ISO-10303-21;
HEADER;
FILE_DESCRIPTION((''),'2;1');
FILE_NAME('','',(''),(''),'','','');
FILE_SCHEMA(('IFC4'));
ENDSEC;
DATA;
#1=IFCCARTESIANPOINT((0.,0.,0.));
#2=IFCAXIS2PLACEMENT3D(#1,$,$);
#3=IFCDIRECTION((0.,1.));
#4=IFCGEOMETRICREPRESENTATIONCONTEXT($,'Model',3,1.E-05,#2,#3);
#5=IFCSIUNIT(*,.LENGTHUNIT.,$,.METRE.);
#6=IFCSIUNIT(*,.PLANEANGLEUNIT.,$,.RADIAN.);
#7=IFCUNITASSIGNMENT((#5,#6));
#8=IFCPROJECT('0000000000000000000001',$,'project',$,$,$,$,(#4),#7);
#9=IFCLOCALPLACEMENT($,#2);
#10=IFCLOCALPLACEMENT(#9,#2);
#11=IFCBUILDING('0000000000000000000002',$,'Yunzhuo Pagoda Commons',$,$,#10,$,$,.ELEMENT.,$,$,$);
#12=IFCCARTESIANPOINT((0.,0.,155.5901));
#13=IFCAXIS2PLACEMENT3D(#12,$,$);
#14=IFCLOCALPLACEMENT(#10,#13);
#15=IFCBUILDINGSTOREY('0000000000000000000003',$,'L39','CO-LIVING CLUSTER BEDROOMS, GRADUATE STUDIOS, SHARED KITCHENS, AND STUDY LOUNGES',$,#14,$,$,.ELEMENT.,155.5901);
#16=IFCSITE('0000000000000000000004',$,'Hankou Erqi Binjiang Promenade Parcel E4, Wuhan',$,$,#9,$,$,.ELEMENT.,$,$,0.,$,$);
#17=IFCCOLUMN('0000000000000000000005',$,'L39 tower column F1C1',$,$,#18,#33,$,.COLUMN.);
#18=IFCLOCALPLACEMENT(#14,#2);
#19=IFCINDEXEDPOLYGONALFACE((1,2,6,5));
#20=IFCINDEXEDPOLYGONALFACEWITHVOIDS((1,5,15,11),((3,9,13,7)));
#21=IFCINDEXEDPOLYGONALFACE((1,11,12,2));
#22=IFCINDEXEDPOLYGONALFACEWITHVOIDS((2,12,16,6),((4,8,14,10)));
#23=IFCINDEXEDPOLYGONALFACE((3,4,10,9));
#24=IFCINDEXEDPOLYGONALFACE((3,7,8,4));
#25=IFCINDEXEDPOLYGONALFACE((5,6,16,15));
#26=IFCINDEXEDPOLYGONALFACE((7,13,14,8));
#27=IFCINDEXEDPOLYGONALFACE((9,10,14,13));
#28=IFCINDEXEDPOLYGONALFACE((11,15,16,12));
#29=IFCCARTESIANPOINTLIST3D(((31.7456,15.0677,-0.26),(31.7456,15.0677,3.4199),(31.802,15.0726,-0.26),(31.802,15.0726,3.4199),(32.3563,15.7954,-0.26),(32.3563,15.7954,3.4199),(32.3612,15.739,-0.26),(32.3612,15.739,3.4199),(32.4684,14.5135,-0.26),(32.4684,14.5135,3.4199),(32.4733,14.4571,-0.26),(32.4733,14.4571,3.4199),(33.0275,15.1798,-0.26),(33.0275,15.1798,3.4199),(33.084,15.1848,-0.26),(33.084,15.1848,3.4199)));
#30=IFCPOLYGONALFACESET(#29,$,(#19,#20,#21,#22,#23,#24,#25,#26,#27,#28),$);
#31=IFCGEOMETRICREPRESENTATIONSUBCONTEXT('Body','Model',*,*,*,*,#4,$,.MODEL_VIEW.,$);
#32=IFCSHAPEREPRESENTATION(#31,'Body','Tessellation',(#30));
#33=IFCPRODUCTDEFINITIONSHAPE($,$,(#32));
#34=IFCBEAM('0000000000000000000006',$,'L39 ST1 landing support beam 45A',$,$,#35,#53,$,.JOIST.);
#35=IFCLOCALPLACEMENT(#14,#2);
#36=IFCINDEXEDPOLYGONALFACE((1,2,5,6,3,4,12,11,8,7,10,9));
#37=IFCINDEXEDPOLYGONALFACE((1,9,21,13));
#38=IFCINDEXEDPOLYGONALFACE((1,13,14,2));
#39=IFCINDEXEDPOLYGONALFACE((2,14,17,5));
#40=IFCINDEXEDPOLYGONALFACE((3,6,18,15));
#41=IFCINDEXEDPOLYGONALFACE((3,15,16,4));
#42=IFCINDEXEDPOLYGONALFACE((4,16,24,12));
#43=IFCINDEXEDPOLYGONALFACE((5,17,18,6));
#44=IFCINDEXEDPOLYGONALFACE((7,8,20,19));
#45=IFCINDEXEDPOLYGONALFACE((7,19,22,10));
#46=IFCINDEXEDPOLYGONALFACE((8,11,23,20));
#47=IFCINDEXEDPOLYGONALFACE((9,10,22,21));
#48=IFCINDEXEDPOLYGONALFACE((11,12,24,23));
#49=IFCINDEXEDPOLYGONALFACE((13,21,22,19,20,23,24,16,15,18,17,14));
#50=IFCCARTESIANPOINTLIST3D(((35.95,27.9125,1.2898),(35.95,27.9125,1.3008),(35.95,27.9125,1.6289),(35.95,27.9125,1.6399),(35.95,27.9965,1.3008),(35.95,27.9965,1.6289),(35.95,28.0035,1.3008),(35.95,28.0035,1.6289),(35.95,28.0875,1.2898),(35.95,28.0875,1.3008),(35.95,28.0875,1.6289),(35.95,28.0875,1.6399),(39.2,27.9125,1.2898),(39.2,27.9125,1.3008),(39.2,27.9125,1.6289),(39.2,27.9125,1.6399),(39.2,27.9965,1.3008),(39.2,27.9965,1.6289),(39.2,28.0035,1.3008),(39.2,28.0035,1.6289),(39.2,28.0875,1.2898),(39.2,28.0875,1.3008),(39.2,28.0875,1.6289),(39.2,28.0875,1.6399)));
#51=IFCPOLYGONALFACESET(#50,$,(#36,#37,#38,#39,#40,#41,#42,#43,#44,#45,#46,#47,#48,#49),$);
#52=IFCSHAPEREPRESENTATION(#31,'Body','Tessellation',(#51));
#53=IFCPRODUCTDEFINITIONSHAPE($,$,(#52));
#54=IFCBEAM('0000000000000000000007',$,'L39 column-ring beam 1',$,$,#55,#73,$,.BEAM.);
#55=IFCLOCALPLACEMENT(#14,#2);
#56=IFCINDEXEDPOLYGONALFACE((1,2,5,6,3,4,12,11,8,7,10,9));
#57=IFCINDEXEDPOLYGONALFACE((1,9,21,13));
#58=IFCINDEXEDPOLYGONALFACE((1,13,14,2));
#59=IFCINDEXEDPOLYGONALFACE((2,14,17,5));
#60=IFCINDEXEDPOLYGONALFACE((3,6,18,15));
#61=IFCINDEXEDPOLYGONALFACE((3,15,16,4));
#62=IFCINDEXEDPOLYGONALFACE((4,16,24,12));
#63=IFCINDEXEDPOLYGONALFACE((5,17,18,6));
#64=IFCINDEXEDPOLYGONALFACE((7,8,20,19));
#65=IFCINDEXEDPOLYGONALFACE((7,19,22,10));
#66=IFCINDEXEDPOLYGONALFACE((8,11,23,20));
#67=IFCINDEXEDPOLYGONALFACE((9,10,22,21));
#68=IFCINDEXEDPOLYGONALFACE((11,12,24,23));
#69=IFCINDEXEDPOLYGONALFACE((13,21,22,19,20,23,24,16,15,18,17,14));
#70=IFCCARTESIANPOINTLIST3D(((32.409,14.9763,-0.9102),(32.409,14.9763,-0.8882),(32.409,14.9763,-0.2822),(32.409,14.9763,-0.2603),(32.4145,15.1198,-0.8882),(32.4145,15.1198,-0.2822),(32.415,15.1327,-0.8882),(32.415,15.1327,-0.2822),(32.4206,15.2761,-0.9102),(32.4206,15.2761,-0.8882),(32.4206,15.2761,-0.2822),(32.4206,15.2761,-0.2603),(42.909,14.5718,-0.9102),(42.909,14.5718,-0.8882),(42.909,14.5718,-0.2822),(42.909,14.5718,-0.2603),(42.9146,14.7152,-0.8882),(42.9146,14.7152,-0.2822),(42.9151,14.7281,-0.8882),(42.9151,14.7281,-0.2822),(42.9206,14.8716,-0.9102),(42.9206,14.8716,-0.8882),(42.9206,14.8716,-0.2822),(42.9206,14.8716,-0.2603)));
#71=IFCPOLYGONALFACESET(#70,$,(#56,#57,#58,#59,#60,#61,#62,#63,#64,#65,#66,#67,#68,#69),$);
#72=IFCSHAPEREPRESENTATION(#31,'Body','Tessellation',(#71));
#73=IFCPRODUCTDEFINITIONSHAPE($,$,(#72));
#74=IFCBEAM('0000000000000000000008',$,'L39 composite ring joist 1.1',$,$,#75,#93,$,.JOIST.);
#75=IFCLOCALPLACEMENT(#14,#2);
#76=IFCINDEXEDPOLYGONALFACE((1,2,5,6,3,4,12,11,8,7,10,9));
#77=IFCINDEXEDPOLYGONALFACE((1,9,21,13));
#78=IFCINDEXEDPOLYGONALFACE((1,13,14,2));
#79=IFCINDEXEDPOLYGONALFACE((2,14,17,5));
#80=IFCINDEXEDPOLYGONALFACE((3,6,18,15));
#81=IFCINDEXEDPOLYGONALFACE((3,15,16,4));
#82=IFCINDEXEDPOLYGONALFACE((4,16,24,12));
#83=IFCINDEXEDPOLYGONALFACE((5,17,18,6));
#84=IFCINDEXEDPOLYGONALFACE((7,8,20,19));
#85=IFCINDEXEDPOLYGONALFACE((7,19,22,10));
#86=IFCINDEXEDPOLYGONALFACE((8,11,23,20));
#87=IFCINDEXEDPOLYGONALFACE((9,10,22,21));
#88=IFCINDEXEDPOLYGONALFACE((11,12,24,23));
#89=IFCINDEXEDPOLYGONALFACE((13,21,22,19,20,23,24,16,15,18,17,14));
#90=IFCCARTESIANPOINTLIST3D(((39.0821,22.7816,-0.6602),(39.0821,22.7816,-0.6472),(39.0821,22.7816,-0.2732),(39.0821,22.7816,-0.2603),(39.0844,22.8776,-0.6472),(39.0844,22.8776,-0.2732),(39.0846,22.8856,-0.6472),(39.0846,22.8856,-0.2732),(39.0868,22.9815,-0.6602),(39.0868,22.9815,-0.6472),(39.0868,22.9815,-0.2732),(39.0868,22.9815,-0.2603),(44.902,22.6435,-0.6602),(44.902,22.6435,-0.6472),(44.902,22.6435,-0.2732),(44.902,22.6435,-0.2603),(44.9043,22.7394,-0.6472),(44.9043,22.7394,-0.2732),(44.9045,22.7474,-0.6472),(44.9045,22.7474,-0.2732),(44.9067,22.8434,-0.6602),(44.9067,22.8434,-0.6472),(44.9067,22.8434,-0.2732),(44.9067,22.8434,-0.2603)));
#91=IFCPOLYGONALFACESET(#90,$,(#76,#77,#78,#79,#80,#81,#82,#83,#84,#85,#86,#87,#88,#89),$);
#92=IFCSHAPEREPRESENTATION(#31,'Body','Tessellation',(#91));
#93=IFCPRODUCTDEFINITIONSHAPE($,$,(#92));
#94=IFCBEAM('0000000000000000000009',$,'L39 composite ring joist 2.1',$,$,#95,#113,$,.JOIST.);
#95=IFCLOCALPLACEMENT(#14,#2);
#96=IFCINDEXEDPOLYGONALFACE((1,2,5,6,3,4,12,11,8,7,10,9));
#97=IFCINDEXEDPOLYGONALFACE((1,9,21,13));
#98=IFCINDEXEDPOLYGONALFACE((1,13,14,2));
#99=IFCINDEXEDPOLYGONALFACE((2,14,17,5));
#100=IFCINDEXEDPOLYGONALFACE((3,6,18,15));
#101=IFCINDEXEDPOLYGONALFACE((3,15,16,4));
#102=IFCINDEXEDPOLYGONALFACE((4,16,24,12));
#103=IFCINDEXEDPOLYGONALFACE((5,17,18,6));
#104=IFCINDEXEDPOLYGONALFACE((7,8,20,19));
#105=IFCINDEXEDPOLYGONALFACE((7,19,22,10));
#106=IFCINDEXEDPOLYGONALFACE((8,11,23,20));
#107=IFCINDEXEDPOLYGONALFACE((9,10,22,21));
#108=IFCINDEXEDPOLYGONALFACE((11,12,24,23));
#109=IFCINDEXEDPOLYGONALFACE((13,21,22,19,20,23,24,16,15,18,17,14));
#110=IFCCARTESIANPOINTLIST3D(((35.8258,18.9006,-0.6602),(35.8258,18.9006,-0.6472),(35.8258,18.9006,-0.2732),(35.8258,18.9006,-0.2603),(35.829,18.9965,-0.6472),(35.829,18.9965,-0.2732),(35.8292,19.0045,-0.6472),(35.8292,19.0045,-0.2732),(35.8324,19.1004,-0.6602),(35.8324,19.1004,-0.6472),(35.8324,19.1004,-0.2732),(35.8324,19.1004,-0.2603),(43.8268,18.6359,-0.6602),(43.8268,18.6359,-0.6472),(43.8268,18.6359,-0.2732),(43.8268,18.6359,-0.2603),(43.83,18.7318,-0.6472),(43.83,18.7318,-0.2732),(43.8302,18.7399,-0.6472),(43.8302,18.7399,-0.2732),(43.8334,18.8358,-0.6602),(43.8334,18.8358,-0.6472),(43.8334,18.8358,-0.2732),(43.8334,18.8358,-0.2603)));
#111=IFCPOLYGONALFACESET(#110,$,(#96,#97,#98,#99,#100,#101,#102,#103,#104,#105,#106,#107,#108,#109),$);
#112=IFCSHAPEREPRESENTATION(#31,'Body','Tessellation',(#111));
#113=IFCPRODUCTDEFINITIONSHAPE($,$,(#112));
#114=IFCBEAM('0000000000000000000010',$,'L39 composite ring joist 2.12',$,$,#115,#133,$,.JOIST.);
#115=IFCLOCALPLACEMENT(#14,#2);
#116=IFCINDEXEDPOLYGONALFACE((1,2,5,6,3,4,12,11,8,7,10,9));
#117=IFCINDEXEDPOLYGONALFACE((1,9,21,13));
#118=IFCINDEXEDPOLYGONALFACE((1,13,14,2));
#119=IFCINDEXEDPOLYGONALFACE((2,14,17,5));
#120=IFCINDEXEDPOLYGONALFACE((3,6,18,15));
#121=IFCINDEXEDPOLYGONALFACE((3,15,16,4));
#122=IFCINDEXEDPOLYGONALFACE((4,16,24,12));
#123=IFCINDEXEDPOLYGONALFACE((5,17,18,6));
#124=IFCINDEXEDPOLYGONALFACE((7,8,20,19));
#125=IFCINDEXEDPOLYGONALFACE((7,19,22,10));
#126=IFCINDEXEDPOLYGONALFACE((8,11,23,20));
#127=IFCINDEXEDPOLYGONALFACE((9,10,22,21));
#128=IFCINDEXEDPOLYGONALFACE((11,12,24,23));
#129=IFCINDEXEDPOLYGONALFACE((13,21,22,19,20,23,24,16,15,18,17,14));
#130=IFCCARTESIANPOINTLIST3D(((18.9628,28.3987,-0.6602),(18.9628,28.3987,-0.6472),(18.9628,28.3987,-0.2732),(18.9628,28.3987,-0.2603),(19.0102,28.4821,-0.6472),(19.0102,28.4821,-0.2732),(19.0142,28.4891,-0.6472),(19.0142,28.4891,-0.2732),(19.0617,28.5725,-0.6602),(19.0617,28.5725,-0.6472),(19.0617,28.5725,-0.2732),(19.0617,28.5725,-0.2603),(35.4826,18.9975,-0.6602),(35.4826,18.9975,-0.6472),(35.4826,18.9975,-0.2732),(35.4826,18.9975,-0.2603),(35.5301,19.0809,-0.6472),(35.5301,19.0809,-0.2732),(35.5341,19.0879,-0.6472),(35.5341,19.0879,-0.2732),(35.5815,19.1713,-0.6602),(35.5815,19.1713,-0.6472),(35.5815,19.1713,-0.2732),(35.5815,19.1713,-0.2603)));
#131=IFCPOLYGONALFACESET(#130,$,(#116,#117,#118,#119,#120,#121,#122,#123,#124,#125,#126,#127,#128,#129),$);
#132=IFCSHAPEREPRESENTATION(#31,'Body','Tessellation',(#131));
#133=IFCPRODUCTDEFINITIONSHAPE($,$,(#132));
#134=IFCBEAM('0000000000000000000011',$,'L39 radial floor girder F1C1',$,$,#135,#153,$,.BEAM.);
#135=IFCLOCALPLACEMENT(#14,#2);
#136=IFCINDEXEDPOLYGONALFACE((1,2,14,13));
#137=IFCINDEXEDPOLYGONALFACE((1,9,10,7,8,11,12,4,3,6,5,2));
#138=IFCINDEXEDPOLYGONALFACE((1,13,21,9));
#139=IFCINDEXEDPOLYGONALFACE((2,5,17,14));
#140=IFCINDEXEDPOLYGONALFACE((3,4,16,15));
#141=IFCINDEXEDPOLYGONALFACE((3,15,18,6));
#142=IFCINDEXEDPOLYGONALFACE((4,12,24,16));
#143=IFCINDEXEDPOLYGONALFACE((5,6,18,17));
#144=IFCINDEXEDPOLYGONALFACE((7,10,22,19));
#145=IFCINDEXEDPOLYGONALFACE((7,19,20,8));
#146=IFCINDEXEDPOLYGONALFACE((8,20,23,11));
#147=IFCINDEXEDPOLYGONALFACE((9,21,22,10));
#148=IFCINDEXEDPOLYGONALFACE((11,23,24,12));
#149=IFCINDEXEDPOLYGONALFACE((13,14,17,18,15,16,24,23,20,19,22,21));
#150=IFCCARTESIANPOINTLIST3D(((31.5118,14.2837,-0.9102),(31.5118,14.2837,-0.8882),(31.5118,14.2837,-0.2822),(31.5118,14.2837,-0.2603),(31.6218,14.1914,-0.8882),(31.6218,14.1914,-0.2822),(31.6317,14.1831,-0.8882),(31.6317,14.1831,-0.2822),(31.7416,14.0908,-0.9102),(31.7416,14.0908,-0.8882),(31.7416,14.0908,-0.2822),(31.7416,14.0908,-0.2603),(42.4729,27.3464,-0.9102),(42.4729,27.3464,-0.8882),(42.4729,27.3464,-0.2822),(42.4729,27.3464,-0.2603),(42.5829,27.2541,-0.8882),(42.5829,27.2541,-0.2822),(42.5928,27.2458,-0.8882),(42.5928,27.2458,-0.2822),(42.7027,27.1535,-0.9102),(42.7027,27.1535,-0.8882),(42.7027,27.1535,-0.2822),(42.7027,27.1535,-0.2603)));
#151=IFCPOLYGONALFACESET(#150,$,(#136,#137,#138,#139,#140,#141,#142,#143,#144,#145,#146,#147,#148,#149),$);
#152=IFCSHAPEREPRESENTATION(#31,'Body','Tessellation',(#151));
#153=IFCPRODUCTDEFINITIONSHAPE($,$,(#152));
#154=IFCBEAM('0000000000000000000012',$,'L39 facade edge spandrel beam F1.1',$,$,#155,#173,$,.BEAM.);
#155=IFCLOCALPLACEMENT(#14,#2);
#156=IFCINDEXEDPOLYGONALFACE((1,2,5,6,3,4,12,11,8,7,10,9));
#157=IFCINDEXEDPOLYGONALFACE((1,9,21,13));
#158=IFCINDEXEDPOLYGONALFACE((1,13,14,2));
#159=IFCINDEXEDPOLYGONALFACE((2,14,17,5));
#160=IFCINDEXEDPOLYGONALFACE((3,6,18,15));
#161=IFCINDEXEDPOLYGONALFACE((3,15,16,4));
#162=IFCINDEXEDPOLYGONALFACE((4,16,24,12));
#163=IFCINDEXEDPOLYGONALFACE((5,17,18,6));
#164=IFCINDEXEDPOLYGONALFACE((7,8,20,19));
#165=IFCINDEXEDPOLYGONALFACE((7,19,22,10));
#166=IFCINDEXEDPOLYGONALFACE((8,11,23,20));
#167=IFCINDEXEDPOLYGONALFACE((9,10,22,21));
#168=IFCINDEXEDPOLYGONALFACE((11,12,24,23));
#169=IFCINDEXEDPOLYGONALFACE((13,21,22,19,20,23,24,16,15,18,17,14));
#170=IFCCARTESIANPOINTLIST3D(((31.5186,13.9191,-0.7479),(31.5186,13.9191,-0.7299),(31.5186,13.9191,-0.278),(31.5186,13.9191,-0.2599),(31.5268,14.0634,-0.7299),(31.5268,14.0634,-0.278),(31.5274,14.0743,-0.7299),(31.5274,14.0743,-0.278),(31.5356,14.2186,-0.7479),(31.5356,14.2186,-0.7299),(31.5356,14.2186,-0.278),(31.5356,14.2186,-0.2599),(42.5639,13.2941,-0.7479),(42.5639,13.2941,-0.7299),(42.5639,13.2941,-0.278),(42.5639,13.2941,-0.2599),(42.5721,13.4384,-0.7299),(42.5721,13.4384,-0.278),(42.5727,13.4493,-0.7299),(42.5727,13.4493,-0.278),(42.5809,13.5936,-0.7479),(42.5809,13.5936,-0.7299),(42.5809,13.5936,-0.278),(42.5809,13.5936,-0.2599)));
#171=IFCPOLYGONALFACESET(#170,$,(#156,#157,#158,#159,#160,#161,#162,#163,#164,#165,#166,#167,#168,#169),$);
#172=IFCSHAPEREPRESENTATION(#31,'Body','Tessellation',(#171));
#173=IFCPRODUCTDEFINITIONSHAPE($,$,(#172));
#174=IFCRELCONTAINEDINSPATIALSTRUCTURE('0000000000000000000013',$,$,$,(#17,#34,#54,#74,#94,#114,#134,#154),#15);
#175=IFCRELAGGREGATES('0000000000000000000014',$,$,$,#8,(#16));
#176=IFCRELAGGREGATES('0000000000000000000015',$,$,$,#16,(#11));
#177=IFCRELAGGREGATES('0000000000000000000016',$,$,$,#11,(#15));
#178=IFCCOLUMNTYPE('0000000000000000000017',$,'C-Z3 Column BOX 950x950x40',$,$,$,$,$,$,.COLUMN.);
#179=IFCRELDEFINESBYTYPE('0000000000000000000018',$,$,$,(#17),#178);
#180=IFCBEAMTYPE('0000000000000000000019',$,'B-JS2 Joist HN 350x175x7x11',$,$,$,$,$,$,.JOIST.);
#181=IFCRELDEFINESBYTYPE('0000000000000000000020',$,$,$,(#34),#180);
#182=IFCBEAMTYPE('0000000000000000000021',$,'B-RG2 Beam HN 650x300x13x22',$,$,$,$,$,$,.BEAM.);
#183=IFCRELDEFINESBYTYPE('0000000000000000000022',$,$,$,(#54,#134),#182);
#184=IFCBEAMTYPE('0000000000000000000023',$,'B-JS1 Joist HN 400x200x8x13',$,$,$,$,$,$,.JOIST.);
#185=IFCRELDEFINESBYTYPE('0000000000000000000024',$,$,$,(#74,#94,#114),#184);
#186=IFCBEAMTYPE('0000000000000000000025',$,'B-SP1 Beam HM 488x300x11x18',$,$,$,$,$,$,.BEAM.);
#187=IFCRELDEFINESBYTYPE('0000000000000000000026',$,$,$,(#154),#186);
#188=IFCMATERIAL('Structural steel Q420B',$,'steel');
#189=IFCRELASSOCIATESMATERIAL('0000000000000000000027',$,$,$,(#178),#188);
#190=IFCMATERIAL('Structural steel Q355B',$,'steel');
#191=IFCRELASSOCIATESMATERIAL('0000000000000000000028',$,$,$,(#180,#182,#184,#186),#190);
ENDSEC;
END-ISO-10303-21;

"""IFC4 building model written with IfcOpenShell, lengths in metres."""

from ifc_helpers import new_model, si_unit, direction, frame, origin, origin_2d, place, context, subcontext, project, spatial, hollow_rectangle, i_section, extrude, source, transform, mapped, material, material_profile, profile_set, type_object, element, save


model = new_model("IFC4")

# Units and contexts
model_context = context("Model", 3, precision=1e-05, world=origin(), true_north=direction((0.0, 1.0)))
body_context = subcontext(model_context, "Body", "Model", "MODEL_VIEW")
ifc_project = project(units=[si_unit("LENGTHUNIT", "METRE"), si_unit("PLANEANGLEUNIT", "RADIAN")], contexts=[model_context])

# Site, building, storey
site_placement = place(None, origin())
site = spatial("IfcSite", under=ifc_project, at=site_placement, Name="Hankou Erqi Binjiang Promenade Parcel E4, Wuhan", CompositionType="ELEMENT", RefElevation=0.0)
building_placement = place(site_placement, origin())
building = spatial("IfcBuilding", under=site, at=building_placement, Name="Yunzhuo Pagoda Commons", CompositionType="ELEMENT")
storey_placement = place(building_placement, frame((0.0, 0.0, 155.5901)))
storey = spatial("IfcBuildingStorey", under=building, at=storey_placement, Name="L39", Description="CO-LIVING CLUSTER BEDROOMS, GRADUATE STUDIOS, SHARED KITCHENS, AND STUDY LOUNGES", CompositionType="ELEMENT", Elevation=155.5901)

# Column
ifc_material_1 = material(Name="Structural steel Q420B", Category="steel")
ifc_material_profile_1 = material_profile(ifc_material_1, hollow_rectangle(XDim=0.95, YDim=0.95, WallThickness=0.04, at=origin_2d()), Name="Structural steel Q420B")
ifc_profile_set_1 = profile_set([ifc_material_profile_1], Name="Structural steel Q420B")
column_type = type_object("IfcColumnType", Name="C-Z3 Column BOX 950x950x40", PredefinedType="COLUMN", material=ifc_profile_set_1)
shared_shape_1 = source(origin(), body_context, "Body", "SweptSolid", [
    extrude(hollow_rectangle(XDim=0.95, YDim=0.95, WallThickness=0.04, at=origin_2d()), origin(), (0.0, 0.0, 1.0), 3.6799),
])
column_placement = place(storey_placement, frame((32.4148, 15.1262, -0.26), z_axis=(0.0, 0.0, 1.0), x_axis=(0.766044, -0.642788, 0.0)))
element("IfcColumn", 1, at=column_placement, inside=storey, type_object=column_type, Name="L39 tower column F1C1", PredefinedType="COLUMN", context=body_context, shape_type="MappedRepresentation", body=[
    mapped(shared_shape_1, transform((0.0, 0.0, 0.0), scale=1.0)),
])

# Beams
ifc_material_2 = material(Name="Structural steel Q355B", Category="steel")
ifc_material_profile_2 = material_profile(ifc_material_2, i_section(OverallWidth=0.175, OverallDepth=0.3501, WebThickness=0.0071, FlangeThickness=0.011, at=origin_2d()), Name="Structural steel Q355B")
ifc_profile_set_2 = profile_set([ifc_material_profile_2], Name="Structural steel Q355B")
beam_type_1 = type_object("IfcBeamType", Name="B-JS2 Joist HN 350x175x7x11", PredefinedType="JOIST", material=ifc_profile_set_2)
shared_shape_2 = source(origin(), body_context, "Body", "SweptSolid", [
    extrude(i_section(OverallWidth=0.175, OverallDepth=0.3501, WebThickness=0.0071, FlangeThickness=0.011, at=origin_2d()), origin(), (0.0, 0.0, 1.0), 3.25),
])
beam_1_placement = place(storey_placement, frame((35.95, 28.0, 1.4648), z_axis=(1.0, 0.0, 0.0), x_axis=(0.0, 1.0, 0.0)))
element("IfcBeam", 2, at=beam_1_placement, inside=storey, type_object=beam_type_1, Name="L39 ST1 landing support beam 45A", PredefinedType="JOIST", context=body_context, shape_type="MappedRepresentation", body=[
    mapped(shared_shape_2, transform((0.0, 0.0, 0.0), scale=1.0)),
])
ifc_material_profile_3 = material_profile(ifc_material_2, i_section(OverallWidth=0.3, OverallDepth=0.6499, WebThickness=0.0129, FlangeThickness=0.022, at=origin_2d()), Name="Structural steel Q355B")
ifc_profile_set_3 = profile_set([ifc_material_profile_3], Name="Structural steel Q355B")
beam_type_2 = type_object("IfcBeamType", Name="B-RG2 Beam HN 650x300x13x22", PredefinedType="BEAM", material=ifc_profile_set_3)
shared_shape_3 = source(origin(), body_context, "Body", "SweptSolid", [
    extrude(i_section(OverallWidth=0.3, OverallDepth=0.6499, WebThickness=0.0129, FlangeThickness=0.022, at=origin_2d()), origin(), (0.0, 0.0, 1.0), 10.5078),
])
beam_2_placement = place(storey_placement, frame((32.4148, 15.1262, -0.5852), z_axis=(0.999259, -0.038499, 0.0), x_axis=(0.038499, 0.999259, 0.0)))
element("IfcBeam", 3, at=beam_2_placement, inside=storey, type_object=beam_type_2, Name="L39 column-ring beam 1", PredefinedType="BEAM", context=body_context, shape_type="MappedRepresentation", body=[
    mapped(shared_shape_3, transform((0.0, 0.0, 0.0), scale=1.0)),
])
ifc_material_profile_4 = material_profile(ifc_material_2, i_section(OverallWidth=0.2, OverallDepth=0.3999, WebThickness=0.0081, FlangeThickness=0.0129, at=origin_2d()), Name="Structural steel Q355B")
ifc_profile_set_4 = profile_set([ifc_material_profile_4], Name="Structural steel Q355B")
beam_type_3 = type_object("IfcBeamType", Name="B-JS1 Joist HN 400x200x8x13", PredefinedType="JOIST", material=ifc_profile_set_4)
shared_shape_4 = source(origin(), body_context, "Body", "SweptSolid", [
    extrude(i_section(OverallWidth=0.2, OverallDepth=0.3999, WebThickness=0.0081, FlangeThickness=0.0129, at=origin_2d()), origin(), (0.0, 0.0, 1.0), 5.8215),
])
beam_3_placement = place(storey_placement, frame((39.0845, 22.8816, -0.4602), z_axis=(0.999718, -0.023737, 0.0), x_axis=(0.023737, 0.999718, 0.0)))
element("IfcBeam", 4, at=beam_3_placement, inside=storey, type_object=beam_type_3, Name="L39 composite ring joist 1.1", PredefinedType="JOIST", context=body_context, shape_type="MappedRepresentation", body=[
    mapped(shared_shape_4, transform((0.0, 0.0, 0.0), scale=1.0)),
])
shared_shape_5 = source(origin(), body_context, "Body", "SweptSolid", [
    extrude(i_section(OverallWidth=0.2, OverallDepth=0.3999, WebThickness=0.0081, FlangeThickness=0.0129, at=origin_2d()), origin(), (0.0, 0.0, 1.0), 8.0054),
])
beam_4_placement = place(storey_placement, frame((35.8291, 19.0005, -0.4602), z_axis=(0.999453, -0.033059, 0.0), x_axis=(0.033059, 0.999453, 0.0)))
element("IfcBeam", 5, at=beam_4_placement, inside=storey, type_object=beam_type_3, Name="L39 composite ring joist 2.1", PredefinedType="JOIST", context=body_context, shape_type="MappedRepresentation", body=[
    mapped(shared_shape_5, transform((0.0, 0.0, 0.0), scale=1.0)),
])
shared_shape_6 = source(origin(), body_context, "Body", "SweptSolid", [
    extrude(i_section(OverallWidth=0.2, OverallDepth=0.3999, WebThickness=0.0081, FlangeThickness=0.0129, at=origin_2d()), origin(), (0.0, 0.0, 1.0), 19.0076),
])
beam_5_placement = place(storey_placement, frame((19.0122, 28.4856, -0.4602), z_axis=(0.86912, -0.494601, 0.0), x_axis=(0.494601, 0.86912, 0.0)))
element("IfcBeam", 6, at=beam_5_placement, inside=storey, type_object=beam_type_3, Name="L39 composite ring joist 2.12", PredefinedType="JOIST", context=body_context, shape_type="MappedRepresentation", body=[
    mapped(shared_shape_6, transform((0.0, 0.0, 0.0), scale=1.0)),
])
shared_shape_7 = source(origin(), body_context, "Body", "SweptSolid", [
    extrude(i_section(OverallWidth=0.3, OverallDepth=0.6499, WebThickness=0.0129, FlangeThickness=0.022, at=origin_2d()), origin(), (0.0, 0.0, 1.0), 17.0522),
])
beam_6_placement = place(storey_placement, frame((31.6267, 14.1873, -0.5852), z_axis=(0.642796, 0.766038, 0.0), x_axis=(-0.766038, 0.642796, 0.0)))
element("IfcBeam", 7, at=beam_6_placement, inside=storey, type_object=beam_type_2, Name="L39 radial floor girder F1C1", PredefinedType="BEAM", context=body_context, shape_type="MappedRepresentation", body=[
    mapped(shared_shape_7, transform((0.0, 0.0, 0.0), scale=1.0)),
])
ifc_material_profile_5 = material_profile(ifc_material_2, i_section(OverallWidth=0.3, OverallDepth=0.488, WebThickness=0.011, FlangeThickness=0.0181, at=origin_2d()), Name="Structural steel Q355B")
ifc_profile_set_5 = profile_set([ifc_material_profile_5], Name="Structural steel Q355B")
beam_type_4 = type_object("IfcBeamType", Name="B-SP1 Beam HM 488x300x11x18", PredefinedType="BEAM", material=ifc_profile_set_5)
shared_shape_8 = source(origin(), body_context, "Body", "SweptSolid", [
    extrude(i_section(OverallWidth=0.3, OverallDepth=0.488, WebThickness=0.011, FlangeThickness=0.0181, at=origin_2d()), origin(), (0.0, 0.0, 1.0), 11.063),
])
beam_7_placement = place(storey_placement, frame((31.5271, 14.0688, -0.5039), z_axis=(0.998403, -0.056494, 0.0), x_axis=(0.056494, 0.998403, 0.0)))
element("IfcBeam", 8, at=beam_7_placement, inside=storey, type_object=beam_type_4, Name="L39 facade edge spandrel beam F1.1", PredefinedType="BEAM", context=body_context, shape_type="MappedRepresentation", body=[
    mapped(shared_shape_8, transform((0.0, 0.0, 0.0), scale=1.0)),
])

save(model, "model.ifc")
